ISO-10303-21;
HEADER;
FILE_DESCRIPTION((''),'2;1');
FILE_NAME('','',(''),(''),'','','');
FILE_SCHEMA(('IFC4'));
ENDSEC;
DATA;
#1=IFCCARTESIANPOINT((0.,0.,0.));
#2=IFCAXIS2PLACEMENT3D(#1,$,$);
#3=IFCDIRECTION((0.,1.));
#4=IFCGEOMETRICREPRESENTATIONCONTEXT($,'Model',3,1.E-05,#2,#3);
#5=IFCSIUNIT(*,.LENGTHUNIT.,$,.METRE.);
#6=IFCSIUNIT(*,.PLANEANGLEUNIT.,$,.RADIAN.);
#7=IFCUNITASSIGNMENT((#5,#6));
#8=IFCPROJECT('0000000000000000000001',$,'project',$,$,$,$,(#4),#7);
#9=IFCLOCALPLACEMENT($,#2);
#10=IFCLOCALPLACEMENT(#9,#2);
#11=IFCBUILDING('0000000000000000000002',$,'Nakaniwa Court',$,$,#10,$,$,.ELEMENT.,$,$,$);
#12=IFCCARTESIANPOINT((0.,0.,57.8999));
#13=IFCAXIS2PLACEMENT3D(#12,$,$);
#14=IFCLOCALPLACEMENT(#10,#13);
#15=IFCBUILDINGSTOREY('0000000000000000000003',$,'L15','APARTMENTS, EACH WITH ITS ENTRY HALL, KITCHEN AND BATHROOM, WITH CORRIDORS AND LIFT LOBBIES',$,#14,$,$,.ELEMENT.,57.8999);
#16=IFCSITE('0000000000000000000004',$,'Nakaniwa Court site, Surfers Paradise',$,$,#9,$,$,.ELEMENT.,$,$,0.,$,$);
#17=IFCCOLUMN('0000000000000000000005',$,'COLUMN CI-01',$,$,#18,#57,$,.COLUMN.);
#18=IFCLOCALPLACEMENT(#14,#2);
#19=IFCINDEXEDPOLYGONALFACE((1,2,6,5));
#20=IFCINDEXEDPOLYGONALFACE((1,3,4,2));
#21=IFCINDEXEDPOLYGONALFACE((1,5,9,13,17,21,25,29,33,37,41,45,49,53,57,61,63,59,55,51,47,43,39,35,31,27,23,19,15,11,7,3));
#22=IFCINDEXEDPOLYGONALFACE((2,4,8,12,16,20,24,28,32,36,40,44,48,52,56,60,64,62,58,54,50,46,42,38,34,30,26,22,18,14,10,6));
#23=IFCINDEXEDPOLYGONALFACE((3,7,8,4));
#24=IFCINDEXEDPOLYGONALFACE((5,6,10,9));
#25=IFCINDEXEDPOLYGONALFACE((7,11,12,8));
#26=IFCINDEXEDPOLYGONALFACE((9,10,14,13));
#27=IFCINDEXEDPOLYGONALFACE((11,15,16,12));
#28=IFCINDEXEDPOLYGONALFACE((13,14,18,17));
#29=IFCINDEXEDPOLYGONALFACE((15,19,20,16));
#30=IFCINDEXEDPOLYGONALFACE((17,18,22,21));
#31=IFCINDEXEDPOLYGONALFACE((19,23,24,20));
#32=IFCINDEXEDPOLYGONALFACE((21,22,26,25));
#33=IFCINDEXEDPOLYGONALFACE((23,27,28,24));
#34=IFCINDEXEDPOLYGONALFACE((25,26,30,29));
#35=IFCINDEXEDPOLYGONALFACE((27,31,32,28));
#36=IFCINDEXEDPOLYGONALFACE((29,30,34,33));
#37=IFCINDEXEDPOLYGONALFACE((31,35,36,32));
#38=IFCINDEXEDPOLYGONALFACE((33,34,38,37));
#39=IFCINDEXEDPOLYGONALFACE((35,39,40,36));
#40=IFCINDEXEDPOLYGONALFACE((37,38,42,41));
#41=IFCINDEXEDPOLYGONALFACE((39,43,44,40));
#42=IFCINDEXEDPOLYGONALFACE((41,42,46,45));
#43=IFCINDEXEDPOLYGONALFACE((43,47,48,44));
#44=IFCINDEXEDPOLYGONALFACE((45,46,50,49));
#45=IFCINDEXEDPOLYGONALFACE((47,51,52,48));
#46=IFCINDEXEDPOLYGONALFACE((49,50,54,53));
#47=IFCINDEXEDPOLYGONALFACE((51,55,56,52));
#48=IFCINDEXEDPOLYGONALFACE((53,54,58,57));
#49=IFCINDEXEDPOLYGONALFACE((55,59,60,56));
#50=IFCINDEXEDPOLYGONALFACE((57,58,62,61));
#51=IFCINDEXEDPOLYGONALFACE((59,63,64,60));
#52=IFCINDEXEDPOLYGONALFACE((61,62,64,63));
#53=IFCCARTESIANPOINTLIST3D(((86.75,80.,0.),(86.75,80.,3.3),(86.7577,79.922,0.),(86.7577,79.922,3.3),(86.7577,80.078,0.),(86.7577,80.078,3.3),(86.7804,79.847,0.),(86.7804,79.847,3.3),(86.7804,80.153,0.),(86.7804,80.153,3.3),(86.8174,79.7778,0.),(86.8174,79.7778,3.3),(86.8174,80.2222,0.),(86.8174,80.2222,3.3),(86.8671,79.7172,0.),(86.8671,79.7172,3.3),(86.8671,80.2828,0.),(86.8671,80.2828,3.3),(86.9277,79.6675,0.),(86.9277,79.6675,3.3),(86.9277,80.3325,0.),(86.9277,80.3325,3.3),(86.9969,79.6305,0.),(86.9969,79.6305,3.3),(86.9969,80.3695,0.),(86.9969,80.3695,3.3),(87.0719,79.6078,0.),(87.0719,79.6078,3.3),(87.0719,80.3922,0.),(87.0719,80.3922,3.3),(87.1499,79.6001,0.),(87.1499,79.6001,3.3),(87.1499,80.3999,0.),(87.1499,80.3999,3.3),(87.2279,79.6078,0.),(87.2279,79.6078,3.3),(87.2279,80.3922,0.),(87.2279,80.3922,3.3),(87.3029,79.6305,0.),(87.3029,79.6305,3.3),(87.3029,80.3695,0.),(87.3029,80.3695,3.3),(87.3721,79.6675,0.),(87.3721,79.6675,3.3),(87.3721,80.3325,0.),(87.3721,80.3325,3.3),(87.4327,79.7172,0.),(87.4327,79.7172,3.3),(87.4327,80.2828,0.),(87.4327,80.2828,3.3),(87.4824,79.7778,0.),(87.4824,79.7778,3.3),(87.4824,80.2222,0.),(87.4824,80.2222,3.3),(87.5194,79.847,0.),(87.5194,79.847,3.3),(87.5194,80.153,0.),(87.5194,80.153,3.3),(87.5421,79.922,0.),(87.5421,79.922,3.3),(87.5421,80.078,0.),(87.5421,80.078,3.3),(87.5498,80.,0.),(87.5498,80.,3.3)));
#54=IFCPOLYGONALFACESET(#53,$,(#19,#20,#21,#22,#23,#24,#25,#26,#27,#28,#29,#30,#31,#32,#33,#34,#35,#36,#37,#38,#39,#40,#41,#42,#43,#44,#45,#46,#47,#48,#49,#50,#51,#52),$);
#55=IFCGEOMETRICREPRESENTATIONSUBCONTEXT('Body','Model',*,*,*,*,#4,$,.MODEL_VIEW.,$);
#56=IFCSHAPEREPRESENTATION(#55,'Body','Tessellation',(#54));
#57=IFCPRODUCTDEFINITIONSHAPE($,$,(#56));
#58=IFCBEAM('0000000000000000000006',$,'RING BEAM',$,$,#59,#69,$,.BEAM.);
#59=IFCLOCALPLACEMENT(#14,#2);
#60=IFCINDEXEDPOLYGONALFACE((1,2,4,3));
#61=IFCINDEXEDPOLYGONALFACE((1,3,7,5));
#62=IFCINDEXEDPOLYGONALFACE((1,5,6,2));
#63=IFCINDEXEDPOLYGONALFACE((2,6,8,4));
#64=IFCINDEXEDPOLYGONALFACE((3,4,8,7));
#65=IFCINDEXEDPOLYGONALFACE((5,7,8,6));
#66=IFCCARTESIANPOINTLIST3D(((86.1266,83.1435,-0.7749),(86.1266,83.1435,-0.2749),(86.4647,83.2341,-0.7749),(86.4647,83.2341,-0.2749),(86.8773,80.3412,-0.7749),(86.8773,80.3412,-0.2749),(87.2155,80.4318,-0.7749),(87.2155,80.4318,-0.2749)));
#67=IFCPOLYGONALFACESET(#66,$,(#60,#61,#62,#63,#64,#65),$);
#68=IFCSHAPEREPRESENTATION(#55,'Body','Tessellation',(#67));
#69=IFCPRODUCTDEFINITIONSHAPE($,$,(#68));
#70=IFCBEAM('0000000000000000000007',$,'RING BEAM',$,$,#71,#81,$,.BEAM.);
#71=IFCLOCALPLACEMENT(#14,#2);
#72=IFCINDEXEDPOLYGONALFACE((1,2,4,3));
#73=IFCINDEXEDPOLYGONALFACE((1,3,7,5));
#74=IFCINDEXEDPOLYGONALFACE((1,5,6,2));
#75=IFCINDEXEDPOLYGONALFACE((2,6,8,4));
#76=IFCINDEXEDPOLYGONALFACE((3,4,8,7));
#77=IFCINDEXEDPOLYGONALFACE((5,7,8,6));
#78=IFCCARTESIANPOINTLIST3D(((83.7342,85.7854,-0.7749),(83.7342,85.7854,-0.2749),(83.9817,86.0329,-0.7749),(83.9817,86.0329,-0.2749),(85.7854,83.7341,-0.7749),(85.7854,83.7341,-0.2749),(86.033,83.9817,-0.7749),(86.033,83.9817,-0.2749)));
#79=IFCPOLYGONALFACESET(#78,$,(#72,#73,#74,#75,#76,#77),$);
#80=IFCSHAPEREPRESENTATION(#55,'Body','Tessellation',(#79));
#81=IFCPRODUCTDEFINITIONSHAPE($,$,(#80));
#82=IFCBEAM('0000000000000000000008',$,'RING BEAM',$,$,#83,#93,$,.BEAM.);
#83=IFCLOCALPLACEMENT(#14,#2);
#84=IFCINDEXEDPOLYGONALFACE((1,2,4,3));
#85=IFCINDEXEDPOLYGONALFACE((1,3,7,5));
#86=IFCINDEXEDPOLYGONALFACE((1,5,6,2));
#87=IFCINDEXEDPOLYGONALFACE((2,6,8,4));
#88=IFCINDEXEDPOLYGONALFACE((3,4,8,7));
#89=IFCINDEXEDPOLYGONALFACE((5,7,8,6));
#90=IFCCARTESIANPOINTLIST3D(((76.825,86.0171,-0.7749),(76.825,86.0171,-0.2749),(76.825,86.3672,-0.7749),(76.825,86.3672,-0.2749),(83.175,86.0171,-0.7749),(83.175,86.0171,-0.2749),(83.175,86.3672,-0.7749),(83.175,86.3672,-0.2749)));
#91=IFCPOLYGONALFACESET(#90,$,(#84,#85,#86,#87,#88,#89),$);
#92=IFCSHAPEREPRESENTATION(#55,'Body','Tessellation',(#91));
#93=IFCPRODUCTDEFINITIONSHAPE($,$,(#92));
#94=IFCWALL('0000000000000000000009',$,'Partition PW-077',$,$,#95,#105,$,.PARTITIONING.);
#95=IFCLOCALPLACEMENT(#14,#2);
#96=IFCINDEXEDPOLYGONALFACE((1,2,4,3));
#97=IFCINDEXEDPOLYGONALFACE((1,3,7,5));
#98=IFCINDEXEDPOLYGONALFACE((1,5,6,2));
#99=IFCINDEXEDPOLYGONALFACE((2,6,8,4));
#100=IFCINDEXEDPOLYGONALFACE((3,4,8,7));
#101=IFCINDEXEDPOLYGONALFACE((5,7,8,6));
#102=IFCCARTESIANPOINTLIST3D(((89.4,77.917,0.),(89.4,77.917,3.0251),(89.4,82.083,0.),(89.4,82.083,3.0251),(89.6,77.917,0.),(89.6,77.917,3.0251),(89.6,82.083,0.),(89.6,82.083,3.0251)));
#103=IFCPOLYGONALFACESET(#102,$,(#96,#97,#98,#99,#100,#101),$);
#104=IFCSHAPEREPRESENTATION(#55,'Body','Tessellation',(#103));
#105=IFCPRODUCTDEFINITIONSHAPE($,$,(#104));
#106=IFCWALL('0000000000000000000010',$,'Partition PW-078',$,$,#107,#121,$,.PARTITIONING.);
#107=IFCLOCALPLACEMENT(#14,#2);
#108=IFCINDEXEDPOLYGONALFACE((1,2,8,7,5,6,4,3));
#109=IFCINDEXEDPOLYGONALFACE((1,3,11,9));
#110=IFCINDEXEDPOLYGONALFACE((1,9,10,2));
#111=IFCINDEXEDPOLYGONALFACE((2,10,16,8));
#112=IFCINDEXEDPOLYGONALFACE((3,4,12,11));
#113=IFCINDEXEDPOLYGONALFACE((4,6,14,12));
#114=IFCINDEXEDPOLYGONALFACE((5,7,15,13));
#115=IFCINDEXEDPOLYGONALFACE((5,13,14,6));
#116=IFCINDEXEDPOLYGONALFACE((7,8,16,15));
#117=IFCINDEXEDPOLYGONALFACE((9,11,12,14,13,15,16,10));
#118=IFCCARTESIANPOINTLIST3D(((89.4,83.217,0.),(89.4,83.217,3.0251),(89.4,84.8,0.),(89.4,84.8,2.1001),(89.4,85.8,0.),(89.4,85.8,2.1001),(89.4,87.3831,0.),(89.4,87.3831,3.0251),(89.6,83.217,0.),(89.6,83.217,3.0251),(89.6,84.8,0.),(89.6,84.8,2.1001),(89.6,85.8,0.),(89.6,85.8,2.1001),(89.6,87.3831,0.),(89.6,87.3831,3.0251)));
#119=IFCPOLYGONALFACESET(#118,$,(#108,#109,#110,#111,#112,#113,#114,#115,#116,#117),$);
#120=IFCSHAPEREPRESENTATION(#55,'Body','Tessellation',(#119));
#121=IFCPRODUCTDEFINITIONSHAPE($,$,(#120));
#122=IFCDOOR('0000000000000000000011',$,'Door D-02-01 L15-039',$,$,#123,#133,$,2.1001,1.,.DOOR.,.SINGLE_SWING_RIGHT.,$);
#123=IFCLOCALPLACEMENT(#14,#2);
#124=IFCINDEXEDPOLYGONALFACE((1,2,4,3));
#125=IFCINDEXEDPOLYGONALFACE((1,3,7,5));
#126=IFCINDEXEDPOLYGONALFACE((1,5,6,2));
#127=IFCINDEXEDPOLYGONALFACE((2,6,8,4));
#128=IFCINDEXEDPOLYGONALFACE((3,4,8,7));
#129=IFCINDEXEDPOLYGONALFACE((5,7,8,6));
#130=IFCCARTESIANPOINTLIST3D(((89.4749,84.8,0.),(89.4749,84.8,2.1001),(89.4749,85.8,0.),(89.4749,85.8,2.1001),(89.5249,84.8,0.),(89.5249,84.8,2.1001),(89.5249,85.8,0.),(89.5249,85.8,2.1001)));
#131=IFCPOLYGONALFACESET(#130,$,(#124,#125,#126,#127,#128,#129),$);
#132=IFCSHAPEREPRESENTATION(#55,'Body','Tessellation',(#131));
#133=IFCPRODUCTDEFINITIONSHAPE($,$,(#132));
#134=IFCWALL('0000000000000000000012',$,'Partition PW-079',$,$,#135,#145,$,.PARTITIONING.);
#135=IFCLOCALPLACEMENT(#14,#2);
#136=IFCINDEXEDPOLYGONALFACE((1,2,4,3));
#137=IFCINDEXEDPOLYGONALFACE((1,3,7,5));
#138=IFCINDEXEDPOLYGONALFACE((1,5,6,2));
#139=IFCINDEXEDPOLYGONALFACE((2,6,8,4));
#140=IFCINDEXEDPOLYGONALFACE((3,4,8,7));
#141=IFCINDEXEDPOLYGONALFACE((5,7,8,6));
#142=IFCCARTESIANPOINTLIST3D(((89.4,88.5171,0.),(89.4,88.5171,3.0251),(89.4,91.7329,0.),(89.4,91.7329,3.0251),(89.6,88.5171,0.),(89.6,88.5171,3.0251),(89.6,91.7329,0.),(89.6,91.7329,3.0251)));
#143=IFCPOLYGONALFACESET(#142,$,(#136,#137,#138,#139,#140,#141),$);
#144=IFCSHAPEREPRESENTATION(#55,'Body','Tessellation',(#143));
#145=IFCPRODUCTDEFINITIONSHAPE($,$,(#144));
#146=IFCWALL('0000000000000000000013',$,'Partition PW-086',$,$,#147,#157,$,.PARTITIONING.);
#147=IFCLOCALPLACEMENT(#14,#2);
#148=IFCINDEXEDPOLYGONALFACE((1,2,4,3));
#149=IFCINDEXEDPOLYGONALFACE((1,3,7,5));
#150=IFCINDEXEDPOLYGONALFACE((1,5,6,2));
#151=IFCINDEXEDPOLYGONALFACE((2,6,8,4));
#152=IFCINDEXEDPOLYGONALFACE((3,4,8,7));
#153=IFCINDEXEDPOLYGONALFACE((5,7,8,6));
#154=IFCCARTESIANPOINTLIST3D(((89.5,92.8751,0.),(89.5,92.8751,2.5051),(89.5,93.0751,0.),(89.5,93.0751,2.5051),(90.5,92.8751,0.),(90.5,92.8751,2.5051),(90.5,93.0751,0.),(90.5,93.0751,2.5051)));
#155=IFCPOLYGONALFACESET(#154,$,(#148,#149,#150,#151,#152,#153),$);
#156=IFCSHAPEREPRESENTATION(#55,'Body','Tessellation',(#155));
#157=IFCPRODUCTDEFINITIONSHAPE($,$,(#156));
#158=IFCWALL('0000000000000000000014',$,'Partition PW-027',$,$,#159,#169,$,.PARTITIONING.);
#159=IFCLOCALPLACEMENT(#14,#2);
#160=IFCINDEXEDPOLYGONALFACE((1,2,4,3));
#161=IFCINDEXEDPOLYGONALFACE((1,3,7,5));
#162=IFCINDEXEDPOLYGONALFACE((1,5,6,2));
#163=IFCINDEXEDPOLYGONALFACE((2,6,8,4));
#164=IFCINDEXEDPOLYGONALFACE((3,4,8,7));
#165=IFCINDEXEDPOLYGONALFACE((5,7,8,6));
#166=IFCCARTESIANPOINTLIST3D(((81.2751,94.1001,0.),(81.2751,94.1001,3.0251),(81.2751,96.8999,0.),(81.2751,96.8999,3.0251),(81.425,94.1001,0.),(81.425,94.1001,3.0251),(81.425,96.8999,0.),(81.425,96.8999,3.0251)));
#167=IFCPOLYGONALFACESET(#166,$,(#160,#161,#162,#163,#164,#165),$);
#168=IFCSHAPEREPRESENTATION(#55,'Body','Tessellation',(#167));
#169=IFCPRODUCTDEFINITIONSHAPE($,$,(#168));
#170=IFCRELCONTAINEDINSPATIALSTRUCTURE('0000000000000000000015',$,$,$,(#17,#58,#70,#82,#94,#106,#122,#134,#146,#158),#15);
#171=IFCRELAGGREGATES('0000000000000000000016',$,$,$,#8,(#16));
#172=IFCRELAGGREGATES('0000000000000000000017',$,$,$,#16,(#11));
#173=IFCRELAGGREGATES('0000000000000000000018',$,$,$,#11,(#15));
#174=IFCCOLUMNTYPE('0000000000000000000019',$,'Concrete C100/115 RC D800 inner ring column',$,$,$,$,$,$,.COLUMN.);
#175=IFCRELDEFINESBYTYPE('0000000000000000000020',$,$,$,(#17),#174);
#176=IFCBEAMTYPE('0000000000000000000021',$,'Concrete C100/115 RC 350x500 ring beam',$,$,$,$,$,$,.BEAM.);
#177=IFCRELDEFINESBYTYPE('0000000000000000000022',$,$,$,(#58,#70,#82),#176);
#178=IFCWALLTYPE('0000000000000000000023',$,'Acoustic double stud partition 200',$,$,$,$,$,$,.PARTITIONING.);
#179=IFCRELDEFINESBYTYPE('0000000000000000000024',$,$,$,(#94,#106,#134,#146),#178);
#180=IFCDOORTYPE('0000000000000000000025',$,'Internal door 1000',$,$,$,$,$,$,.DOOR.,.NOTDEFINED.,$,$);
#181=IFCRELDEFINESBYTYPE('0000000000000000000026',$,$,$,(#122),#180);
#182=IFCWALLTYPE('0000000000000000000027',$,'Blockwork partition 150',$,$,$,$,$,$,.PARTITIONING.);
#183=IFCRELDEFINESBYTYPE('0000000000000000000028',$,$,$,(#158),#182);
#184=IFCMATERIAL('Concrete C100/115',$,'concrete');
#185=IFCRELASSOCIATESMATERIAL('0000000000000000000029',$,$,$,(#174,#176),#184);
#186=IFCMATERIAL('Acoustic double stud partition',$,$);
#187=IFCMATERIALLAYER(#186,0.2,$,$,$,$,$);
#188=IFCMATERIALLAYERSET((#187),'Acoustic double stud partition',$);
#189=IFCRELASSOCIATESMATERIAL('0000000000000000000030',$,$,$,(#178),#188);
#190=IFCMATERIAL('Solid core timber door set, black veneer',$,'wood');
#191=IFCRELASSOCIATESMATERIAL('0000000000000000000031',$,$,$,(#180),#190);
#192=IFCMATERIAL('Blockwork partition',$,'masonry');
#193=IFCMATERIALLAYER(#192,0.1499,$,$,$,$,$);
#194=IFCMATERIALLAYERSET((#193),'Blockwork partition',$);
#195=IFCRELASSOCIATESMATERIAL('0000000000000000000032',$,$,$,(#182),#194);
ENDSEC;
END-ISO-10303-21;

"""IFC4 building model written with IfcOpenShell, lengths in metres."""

from ifc_helpers import new_model, si_unit, direction, frame, frame_2d, origin, origin_2d, place, context, subcontext, project, spatial, rectangle, circle, extrude, material, layer, layer_set, material_profile, profile_set, type_object, element, fill, save


model = new_model("IFC4")

# Units and contexts
model_context = context("Model", 3, precision=1e-05, world=origin(), true_north=direction((0.0, 1.0)))
body_context = subcontext(model_context, "Body", "Model", "MODEL_VIEW")
ifc_project = project(units=[si_unit("LENGTHUNIT", "METRE"), si_unit("PLANEANGLEUNIT", "RADIAN")], contexts=[model_context])

# Site, building, storey
site_placement = place(None, origin())
site = spatial("IfcSite", under=ifc_project, at=site_placement, Name="Nakaniwa Court site, Surfers Paradise", CompositionType="ELEMENT", RefElevation=0.0)
building_placement = place(site_placement, origin())
building = spatial("IfcBuilding", under=site, at=building_placement, Name="Nakaniwa Court", CompositionType="ELEMENT")
storey_placement = place(building_placement, frame((0.0, 0.0, 57.8999)))
storey = spatial("IfcBuildingStorey", under=building, at=storey_placement, Name="L15", Description="APARTMENTS, EACH WITH ITS ENTRY HALL, KITCHEN AND BATHROOM, WITH CORRIDORS AND LIFT LOBBIES", CompositionType="ELEMENT", Elevation=57.8999)

# Column
ifc_material_1 = material(Name="Concrete C100/115", Category="concrete")
ifc_material_profile_1 = material_profile(ifc_material_1, circle(Radius=0.3999, at=origin_2d()), Name="Concrete C100/115 RC D800 inner ring column")
ifc_profile_set_1 = profile_set([ifc_material_profile_1], Name="Concrete C100/115")
column_type = type_object("IfcColumnType", Name="Concrete C100/115 RC D800 inner ring column", PredefinedType="COLUMN", material=ifc_profile_set_1)
for number, where, z_axis, x_axis, name in (
    (1, (87.1499, 80.0, 0.0), (0.0, 0.0, 1.0), (0.0, 1.0, 0.0), "COLUMN CI-01"),
):
    element("IfcColumn", number, at=place(storey_placement, frame(where, z_axis=z_axis, x_axis=x_axis)), inside=storey, type_object=column_type, Name=name, PredefinedType="COLUMN", context=body_context, shape_type="SweptSolid", body=[
        extrude(circle(Radius=0.3999, at=origin_2d()), origin(), (0.0, 0.0, 1.0), 3.3),
    ])

# Beams
ifc_material_profile_2 = material_profile(ifc_material_1, rectangle(XDim=0.3501, YDim=0.5, at=origin_2d()), Name="Concrete C100/115 RC 350x500 ring beam")
ifc_profile_set_2 = profile_set([ifc_material_profile_2], Name="Concrete C100/115")
beam_type = type_object("IfcBeamType", Name="Concrete C100/115 RC 350x500 ring beam", PredefinedType="BEAM", material=ifc_profile_set_2)
beam_1_placement = place(storey_placement, frame((87.0464, 80.3865, -0.5249), z_axis=(-0.258778, 0.965937, 0.0), x_axis=(-0.965937, -0.258778, 0.0)))
element("IfcBeam", 2, at=beam_1_placement, inside=storey, type_object=beam_type, Name="RING BEAM", PredefinedType="BEAM", context=body_context, shape_type="SweptSolid", body=[
    extrude(rectangle(XDim=0.3501, YDim=0.5, at=origin_2d()), origin(), (0.0, 0.0, 1.0), 2.9011),
])
beam_2_placement = place(storey_placement, frame((85.9092, 83.8579, -0.5249), z_axis=(-0.707107, 0.707107, 0.0), x_axis=(-0.707107, -0.707107, 0.0)))
element("IfcBeam", 3, at=beam_2_placement, inside=storey, type_object=beam_type, Name="RING BEAM", PredefinedType="BEAM", context=body_context, shape_type="SweptSolid", body=[
    extrude(rectangle(XDim=0.3501, YDim=0.5, at=origin_2d()), origin(), (0.0, 0.0, 1.0), 2.9009),
])
beam_3_placement = place(storey_placement, frame((83.175, 86.1921, -0.5249), z_axis=(-1.0, 0.0, 0.0), x_axis=(0.0, -1.0, 0.0)))
element("IfcBeam", 4, at=beam_3_placement, inside=storey, type_object=beam_type, Name="RING BEAM", PredefinedType="BEAM", context=body_context, shape_type="SweptSolid", body=[
    extrude(rectangle(XDim=0.3501, YDim=0.5, at=origin_2d()), origin(), (0.0, 0.0, 1.0), 6.3501),
])

# Wall
ifc_material_2 = material(Name="Acoustic double stud partition")
ifc_layer_1 = layer(ifc_material_2, 0.2)
ifc_layer_set_1 = layer_set([ifc_layer_1], Name="Acoustic double stud partition")
wall_type_1 = type_object("IfcWallType", Name="Acoustic double stud partition 200", PredefinedType="PARTITIONING", material=ifc_layer_set_1)
wall_1_placement = place(storey_placement, frame((89.5, 77.917, 0.0), z_axis=(0.0, 0.0, 1.0), x_axis=(0.0, 1.0, 0.0)))
element("IfcWall", 5, at=wall_1_placement, inside=storey, type_object=wall_type_1, Name="Partition PW-077", PredefinedType="PARTITIONING", context=body_context, shape_type="SweptSolid", body=[
    extrude(rectangle(XDim=4.166, YDim=0.2, at=frame_2d((2.083, 0.0))), origin(), (0.0, 0.0, 1.0), 3.0251),
])

# Wall, opening, door
wall_2_placement = place(storey_placement, frame((89.5, 87.3831, 0.0), z_axis=(0.0, 0.0, 1.0), x_axis=(0.0, -1.0, 0.0)))
wall_2 = element("IfcWall", 6, at=wall_2_placement, inside=storey, type_object=wall_type_1, Name="Partition PW-078", PredefinedType="PARTITIONING", context=body_context, shape_type="SweptSolid", body=[
    extrude(rectangle(XDim=4.166, YDim=0.2, at=frame_2d((2.083, 0.0))), origin(), (0.0, 0.0, 1.0), 3.0251),
])
opening_1_placement = place(wall_2_placement, frame((1.583, 0.0, 0.0)))
opening_1 = element("IfcOpeningElement", 7, at=opening_1_placement, cuts=wall_2, PredefinedType="OPENING", context=body_context, shape_type="SweptSolid", body=[
    extrude(rectangle(XDim=1.0, YDim=2.1001, at=frame_2d((0.5, 1.05))), frame((0.0, 0.1099, 0.0), z_axis=(0.0, -1.0, 0.0), x_axis=(1.0, 0.0, 0.0)), (0.0, 0.0, 1.0), 0.22),
])
ifc_material_3 = material(Name="Solid core timber door set, black veneer", Category="wood")
door_type_1 = type_object("IfcDoorType", Name="Internal door 1000", OperationType="NOTDEFINED", PredefinedType="DOOR", material=ifc_material_3)
door_1_placement = place(opening_1_placement, origin())
door_1 = element("IfcDoor", 8, at=door_1_placement, inside=storey, type_object=door_type_1, Name="Door D-02-01 L15-039", OperationType="SINGLE_SWING_RIGHT", OverallHeight=2.1001, OverallWidth=1.0, PredefinedType="DOOR", context=body_context, shape_type="SweptSolid", body=[
    extrude(rectangle(XDim=1.0, YDim=2.1001, at=frame_2d((0.5, 1.05))), frame((0.0, 0.0249, 0.0), z_axis=(0.0, -1.0, 0.0), x_axis=(1.0, 0.0, 0.0)), (0.0, 0.0, 1.0), 0.05),
])
fill(opening_1, door_1)

# Walls
wall_3_placement = place(storey_placement, frame((89.5, 88.5171, 0.0), z_axis=(0.0, 0.0, 1.0), x_axis=(0.0, 1.0, 0.0)))
element("IfcWall", 9, at=wall_3_placement, inside=storey, type_object=wall_type_1, Name="Partition PW-079", PredefinedType="PARTITIONING", context=body_context, shape_type="SweptSolid", body=[
    extrude(rectangle(XDim=3.2158, YDim=0.2, at=frame_2d((1.6079, 0.0))), origin(), (0.0, 0.0, 1.0), 3.0251),
])
wall_4_placement = place(storey_placement, frame((89.5, 92.9751, 0.0), z_axis=(0.0, 0.0, 1.0), x_axis=(1.0, 0.0, 0.0)))
element("IfcWall", 10, at=wall_4_placement, inside=storey, type_object=wall_type_1, Name="Partition PW-086", PredefinedType="PARTITIONING", context=body_context, shape_type="SweptSolid", body=[
    extrude(rectangle(XDim=1.0, YDim=0.2, at=frame_2d((0.5, 0.0))), origin(), (0.0, 0.0, 1.0), 2.5051),
])
ifc_material_4 = material(Name="Blockwork partition", Category="masonry")
ifc_layer_2 = layer(ifc_material_4, 0.1499)
ifc_layer_set_2 = layer_set([ifc_layer_2], Name="Blockwork partition")
wall_type_2 = type_object("IfcWallType", Name="Blockwork partition 150", PredefinedType="PARTITIONING", material=ifc_layer_set_2)
wall_5_placement = place(storey_placement, frame((81.3501, 94.1001, 0.0), z_axis=(0.0, 0.0, 1.0), x_axis=(0.0, 1.0, 0.0)))
element("IfcWall", 11, at=wall_5_placement, inside=storey, type_object=wall_type_2, Name="Partition PW-027", PredefinedType="PARTITIONING", context=body_context, shape_type="SweptSolid", body=[
    extrude(rectangle(XDim=2.7998, YDim=0.1499, at=frame_2d((1.3999, 0.0))), origin(), (0.0, 0.0, 1.0), 3.0251),
])

save(model, "model.ifc")
